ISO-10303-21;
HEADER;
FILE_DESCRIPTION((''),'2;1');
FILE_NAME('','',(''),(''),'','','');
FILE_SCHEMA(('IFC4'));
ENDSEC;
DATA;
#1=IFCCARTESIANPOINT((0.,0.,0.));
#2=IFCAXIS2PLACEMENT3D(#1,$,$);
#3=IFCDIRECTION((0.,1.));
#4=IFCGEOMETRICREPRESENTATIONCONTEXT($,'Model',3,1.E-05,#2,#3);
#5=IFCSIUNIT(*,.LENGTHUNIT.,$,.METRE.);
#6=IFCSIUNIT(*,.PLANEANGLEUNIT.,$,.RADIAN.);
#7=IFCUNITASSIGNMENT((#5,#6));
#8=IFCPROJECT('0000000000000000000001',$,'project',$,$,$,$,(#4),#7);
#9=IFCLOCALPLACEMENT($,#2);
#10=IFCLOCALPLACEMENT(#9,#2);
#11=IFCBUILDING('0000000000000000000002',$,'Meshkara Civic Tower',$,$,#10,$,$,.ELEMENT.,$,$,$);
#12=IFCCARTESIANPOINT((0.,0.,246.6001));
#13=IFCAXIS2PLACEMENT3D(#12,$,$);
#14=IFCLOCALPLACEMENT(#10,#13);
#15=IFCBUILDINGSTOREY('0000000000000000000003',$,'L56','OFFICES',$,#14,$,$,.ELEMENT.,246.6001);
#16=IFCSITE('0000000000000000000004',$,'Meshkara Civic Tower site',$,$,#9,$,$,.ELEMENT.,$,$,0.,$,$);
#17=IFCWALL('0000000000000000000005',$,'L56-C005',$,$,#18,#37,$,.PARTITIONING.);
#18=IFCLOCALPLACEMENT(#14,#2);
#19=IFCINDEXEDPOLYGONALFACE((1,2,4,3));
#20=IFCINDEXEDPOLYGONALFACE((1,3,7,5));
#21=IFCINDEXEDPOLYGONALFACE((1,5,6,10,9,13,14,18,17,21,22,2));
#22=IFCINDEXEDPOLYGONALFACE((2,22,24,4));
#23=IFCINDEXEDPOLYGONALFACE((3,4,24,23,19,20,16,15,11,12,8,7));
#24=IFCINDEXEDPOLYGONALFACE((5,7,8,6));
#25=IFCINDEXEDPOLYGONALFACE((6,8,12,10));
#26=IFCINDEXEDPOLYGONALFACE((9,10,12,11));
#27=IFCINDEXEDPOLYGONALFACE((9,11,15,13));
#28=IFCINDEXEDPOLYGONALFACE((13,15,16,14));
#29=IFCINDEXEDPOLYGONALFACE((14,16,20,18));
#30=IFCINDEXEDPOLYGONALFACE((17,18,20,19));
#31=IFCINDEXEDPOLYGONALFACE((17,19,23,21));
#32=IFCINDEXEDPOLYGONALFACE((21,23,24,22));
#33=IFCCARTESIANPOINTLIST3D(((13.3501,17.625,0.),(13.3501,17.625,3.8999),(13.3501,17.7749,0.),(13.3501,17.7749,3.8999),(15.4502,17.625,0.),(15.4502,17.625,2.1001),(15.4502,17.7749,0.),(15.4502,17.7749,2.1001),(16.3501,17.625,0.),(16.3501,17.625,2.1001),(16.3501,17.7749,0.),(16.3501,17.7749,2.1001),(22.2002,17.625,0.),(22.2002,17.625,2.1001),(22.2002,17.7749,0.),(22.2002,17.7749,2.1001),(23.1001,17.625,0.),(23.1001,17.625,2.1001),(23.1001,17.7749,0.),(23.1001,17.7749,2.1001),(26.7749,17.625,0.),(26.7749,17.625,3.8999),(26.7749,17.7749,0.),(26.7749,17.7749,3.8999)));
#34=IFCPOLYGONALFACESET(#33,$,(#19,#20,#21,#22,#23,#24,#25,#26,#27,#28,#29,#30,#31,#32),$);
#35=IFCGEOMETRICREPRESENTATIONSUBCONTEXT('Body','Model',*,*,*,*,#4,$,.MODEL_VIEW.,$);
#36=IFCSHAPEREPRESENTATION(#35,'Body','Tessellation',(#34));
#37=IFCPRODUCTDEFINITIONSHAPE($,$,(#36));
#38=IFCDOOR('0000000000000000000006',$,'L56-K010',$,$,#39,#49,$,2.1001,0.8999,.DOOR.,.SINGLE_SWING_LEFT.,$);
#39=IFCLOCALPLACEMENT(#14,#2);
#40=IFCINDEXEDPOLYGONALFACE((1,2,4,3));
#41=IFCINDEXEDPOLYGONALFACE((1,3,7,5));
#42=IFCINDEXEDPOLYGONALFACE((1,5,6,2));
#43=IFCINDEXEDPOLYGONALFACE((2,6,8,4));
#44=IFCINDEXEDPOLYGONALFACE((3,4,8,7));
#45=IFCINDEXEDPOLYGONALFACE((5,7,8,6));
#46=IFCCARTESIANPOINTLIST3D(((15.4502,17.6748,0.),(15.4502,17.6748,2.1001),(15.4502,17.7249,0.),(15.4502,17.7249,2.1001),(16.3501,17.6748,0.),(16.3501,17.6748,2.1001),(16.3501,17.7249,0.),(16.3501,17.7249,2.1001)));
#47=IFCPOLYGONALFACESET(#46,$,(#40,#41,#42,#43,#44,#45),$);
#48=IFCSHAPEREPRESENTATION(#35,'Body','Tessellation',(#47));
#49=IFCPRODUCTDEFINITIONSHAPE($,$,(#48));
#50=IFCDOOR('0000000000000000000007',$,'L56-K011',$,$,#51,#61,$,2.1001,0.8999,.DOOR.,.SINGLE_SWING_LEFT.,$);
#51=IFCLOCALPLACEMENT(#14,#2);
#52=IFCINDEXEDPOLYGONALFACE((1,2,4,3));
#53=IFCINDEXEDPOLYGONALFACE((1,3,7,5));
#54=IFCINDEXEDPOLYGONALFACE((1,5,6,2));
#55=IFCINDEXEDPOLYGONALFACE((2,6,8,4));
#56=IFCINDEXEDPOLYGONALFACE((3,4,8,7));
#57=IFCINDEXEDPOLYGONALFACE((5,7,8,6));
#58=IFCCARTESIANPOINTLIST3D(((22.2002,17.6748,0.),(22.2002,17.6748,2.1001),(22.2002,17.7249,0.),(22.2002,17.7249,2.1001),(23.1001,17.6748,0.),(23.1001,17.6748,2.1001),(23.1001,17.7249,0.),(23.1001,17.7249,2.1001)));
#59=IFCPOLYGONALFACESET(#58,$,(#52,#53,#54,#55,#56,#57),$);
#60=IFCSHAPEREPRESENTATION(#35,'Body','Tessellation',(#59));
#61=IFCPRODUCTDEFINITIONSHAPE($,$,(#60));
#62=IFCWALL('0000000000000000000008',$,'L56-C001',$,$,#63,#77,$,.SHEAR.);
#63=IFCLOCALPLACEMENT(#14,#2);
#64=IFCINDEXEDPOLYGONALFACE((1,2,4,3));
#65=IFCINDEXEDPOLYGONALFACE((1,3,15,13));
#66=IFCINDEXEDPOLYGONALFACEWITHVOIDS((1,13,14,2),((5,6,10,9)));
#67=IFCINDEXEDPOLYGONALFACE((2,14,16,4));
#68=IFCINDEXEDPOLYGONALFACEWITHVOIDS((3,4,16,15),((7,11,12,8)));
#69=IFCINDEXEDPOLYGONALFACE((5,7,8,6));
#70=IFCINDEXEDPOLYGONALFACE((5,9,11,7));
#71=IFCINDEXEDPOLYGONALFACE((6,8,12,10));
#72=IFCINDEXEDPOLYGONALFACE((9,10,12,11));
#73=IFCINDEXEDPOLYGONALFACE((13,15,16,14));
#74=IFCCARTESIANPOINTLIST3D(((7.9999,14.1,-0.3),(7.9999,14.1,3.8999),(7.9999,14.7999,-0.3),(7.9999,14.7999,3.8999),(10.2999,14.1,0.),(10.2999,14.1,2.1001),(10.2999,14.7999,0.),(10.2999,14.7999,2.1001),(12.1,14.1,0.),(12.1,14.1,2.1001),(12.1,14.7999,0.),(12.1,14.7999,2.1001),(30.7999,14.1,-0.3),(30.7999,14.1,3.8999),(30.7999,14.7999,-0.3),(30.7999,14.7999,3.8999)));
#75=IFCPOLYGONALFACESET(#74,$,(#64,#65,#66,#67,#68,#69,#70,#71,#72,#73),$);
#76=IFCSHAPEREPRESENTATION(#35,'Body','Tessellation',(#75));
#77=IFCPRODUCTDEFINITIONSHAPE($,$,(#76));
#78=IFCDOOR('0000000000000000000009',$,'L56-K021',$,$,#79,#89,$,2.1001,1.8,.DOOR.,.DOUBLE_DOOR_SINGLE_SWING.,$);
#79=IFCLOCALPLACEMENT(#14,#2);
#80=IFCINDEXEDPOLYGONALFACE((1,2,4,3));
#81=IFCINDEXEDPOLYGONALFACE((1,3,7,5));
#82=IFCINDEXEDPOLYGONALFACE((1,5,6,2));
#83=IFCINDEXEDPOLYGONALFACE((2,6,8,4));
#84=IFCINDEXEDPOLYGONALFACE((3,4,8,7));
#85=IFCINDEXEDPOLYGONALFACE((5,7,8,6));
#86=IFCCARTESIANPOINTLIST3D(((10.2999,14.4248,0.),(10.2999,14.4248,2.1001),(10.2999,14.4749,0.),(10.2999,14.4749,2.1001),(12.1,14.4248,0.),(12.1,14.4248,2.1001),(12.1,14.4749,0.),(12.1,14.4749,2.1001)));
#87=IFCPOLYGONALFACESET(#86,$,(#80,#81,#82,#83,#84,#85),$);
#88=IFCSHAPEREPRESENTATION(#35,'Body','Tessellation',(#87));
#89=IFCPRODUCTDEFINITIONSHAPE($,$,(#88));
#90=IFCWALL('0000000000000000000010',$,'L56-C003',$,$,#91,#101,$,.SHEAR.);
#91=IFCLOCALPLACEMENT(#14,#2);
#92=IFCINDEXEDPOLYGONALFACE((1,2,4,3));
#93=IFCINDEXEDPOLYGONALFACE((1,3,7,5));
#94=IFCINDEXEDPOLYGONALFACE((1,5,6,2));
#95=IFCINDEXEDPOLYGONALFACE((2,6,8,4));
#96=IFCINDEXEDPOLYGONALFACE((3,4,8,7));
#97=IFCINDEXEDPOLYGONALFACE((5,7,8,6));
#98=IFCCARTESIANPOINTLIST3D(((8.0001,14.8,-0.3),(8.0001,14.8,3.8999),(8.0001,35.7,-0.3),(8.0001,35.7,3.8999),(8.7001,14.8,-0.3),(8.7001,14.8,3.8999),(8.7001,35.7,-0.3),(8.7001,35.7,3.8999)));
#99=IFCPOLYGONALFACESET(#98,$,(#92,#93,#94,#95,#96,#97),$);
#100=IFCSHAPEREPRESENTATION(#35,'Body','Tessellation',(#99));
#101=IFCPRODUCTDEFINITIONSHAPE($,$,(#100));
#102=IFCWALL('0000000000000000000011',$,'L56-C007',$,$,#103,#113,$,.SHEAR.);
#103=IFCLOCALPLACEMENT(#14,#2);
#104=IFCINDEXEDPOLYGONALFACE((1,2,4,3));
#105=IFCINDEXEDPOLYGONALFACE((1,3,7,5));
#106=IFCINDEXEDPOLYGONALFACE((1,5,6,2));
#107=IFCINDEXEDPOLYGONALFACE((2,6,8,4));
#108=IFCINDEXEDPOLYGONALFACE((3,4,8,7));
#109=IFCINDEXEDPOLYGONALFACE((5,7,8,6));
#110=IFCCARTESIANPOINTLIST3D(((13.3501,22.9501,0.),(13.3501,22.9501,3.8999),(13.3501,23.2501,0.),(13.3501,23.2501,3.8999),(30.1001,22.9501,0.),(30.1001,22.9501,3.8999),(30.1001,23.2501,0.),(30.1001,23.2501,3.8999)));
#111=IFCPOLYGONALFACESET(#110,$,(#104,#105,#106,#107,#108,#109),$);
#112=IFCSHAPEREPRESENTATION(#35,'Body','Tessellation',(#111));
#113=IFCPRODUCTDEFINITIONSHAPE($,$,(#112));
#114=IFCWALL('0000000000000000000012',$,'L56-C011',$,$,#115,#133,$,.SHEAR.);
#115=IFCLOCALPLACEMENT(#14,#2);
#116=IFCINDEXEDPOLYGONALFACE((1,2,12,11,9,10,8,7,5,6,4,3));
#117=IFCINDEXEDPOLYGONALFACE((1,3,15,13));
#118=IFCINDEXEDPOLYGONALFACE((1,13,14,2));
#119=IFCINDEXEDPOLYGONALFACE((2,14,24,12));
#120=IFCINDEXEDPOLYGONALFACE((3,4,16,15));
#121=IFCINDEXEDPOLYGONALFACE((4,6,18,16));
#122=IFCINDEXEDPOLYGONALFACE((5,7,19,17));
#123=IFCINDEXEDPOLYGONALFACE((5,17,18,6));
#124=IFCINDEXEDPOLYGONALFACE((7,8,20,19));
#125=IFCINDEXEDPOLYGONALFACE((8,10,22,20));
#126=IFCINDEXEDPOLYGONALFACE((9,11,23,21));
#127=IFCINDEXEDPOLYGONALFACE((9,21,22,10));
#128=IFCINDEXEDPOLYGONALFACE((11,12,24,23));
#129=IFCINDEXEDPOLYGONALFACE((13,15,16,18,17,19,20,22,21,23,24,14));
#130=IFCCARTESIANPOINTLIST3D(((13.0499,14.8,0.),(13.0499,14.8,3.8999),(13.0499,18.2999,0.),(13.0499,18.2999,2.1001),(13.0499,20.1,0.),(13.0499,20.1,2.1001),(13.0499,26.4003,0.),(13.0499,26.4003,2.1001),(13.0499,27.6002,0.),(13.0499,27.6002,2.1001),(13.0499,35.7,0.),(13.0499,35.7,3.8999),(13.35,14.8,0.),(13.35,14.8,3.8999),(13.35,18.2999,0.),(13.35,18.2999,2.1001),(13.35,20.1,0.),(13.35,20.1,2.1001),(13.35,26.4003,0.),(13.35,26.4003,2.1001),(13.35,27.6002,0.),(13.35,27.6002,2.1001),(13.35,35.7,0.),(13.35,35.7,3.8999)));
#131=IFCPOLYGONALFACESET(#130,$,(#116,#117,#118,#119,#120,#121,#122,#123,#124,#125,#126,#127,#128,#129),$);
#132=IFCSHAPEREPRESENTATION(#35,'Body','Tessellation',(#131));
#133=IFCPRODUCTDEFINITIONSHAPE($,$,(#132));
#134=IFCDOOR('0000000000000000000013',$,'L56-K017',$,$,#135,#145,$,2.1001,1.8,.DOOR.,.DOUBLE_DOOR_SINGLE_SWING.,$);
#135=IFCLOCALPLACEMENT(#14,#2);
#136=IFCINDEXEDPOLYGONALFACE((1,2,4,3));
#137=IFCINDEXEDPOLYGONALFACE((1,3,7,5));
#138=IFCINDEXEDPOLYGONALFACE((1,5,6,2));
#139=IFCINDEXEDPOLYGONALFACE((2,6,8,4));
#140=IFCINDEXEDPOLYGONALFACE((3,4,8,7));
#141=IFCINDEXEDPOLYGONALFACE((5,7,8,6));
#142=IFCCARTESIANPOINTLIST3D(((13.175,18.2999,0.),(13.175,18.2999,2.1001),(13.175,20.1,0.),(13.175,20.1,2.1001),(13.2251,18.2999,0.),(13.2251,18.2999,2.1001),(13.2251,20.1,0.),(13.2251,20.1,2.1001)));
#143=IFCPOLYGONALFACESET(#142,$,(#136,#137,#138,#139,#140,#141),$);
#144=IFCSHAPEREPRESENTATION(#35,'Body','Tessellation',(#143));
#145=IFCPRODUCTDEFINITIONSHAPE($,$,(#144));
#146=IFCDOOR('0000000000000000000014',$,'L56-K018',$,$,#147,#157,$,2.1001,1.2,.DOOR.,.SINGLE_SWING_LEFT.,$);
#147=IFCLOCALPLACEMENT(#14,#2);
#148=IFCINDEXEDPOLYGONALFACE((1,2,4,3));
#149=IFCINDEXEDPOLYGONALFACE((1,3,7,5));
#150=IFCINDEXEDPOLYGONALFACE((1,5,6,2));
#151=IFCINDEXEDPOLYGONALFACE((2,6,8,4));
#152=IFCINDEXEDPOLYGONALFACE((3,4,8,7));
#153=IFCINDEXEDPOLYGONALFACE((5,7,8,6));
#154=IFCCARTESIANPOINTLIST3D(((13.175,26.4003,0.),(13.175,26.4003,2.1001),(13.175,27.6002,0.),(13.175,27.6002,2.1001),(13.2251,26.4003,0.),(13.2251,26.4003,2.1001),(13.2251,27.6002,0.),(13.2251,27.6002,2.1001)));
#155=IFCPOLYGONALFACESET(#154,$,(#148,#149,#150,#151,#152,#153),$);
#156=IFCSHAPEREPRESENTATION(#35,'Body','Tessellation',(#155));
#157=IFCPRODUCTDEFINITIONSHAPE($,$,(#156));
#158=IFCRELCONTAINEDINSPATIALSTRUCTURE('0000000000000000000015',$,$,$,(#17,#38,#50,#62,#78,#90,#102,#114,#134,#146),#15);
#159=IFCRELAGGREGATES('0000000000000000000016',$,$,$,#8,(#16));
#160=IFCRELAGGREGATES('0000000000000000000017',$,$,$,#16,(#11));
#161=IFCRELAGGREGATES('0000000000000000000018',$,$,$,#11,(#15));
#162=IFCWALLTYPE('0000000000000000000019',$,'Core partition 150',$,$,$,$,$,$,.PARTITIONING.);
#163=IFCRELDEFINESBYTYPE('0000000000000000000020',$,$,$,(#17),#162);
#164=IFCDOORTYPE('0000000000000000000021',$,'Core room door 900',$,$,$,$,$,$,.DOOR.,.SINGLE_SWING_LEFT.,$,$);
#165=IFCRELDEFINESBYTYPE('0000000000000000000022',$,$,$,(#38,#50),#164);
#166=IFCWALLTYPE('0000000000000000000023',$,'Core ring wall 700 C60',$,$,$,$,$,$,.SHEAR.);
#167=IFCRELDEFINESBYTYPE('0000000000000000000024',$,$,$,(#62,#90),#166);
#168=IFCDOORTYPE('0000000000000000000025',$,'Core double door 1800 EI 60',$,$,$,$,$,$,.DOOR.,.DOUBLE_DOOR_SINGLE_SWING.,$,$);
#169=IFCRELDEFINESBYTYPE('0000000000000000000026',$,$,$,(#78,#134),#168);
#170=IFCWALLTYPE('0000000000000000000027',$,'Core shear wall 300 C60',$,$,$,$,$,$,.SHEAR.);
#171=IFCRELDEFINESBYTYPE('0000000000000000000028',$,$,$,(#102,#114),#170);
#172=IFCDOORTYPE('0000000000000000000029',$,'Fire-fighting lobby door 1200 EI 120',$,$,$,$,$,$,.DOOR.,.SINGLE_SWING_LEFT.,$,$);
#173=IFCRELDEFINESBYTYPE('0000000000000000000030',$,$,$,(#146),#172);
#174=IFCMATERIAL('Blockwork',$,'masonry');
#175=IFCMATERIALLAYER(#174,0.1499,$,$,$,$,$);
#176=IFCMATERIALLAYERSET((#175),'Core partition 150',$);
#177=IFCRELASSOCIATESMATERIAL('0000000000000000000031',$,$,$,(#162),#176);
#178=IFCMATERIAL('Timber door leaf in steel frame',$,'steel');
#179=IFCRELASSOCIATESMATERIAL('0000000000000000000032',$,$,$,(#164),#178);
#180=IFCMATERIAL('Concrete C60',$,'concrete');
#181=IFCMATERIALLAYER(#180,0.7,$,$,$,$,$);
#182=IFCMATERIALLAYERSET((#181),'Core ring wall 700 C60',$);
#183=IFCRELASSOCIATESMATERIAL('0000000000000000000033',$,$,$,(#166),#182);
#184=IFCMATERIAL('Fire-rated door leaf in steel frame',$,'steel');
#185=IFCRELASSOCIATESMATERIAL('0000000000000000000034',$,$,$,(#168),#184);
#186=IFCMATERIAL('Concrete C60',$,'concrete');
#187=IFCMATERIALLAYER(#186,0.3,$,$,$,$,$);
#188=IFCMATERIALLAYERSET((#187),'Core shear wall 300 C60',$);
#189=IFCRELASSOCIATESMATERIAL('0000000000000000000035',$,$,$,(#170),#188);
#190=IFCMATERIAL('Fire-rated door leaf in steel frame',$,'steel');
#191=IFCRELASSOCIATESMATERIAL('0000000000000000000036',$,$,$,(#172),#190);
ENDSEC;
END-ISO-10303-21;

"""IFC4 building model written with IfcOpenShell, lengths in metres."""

from ifc_helpers import new_model, si_unit, direction, frame, frame_2d, origin, place, context, subcontext, project, spatial, rectangle, extrude, material, layer, layer_set, type_object, element, fill, save


model = new_model("IFC4")

# Units and contexts
model_context = context("Model", 3, precision=1e-05, world=origin(), true_north=direction((0.0, 1.0)))
body_context = subcontext(model_context, "Body", "Model", "MODEL_VIEW")
ifc_project = project(units=[si_unit("LENGTHUNIT", "METRE"), si_unit("PLANEANGLEUNIT", "RADIAN")], contexts=[model_context])

# Site, building, storey
site_placement = place(None, origin())
site = spatial("IfcSite", under=ifc_project, at=site_placement, Name="Meshkara Civic Tower site", CompositionType="ELEMENT", RefElevation=0.0)
building_placement = place(site_placement, origin())
building = spatial("IfcBuilding", under=site, at=building_placement, Name="Meshkara Civic Tower", CompositionType="ELEMENT")
storey_placement = place(building_placement, frame((0.0, 0.0, 246.6001)))
storey = spatial("IfcBuildingStorey", under=building, at=storey_placement, Name="L56", Description="OFFICES", CompositionType="ELEMENT", Elevation=246.6001)

# Wall, openings, doors
ifc_material_1 = material(Name="Blockwork", Category="masonry")
ifc_layer_1 = layer(ifc_material_1, 0.1499)
ifc_layer_set_1 = layer_set([ifc_layer_1], Name="Core partition 150")
wall_type_1 = type_object("IfcWallType", Name="Core partition 150", PredefinedType="PARTITIONING", material=ifc_layer_set_1)
wall_1_placement = place(storey_placement, frame((13.3501, 17.7, 0.0), z_axis=(0.0, 0.0, 1.0), x_axis=(1.0, 0.0, 0.0)))
wall_1 = element("IfcWall", 1, at=wall_1_placement, inside=storey, type_object=wall_type_1, Name="L56-C005", PredefinedType="PARTITIONING", context=body_context, shape_type="SweptSolid", body=[
    extrude(rectangle(XDim=13.4248, YDim=0.1499, at=frame_2d((6.7124, 0.0))), origin(), (0.0, 0.0, 1.0), 3.8999),
])
opening_1_placement = place(wall_1_placement, frame((2.1001, 0.0, 0.0)))
opening_1 = element("IfcOpeningElement", 2, at=opening_1_placement, cuts=wall_1, PredefinedType="OPENING", context=body_context, shape_type="SweptSolid", body=[
    extrude(rectangle(XDim=0.8999, YDim=2.1001, at=frame_2d((0.45, 1.05))), frame((0.0, 0.085, 0.0), z_axis=(0.0, -1.0, 0.0), x_axis=(1.0, 0.0, 0.0)), (0.0, 0.0, 1.0), 0.1699),
])
opening_2_placement = place(wall_1_placement, frame((8.8501, 0.0, 0.0)))
opening_2 = element("IfcOpeningElement", 3, at=opening_2_placement, cuts=wall_1, PredefinedType="OPENING", context=body_context, shape_type="SweptSolid", body=[
    extrude(rectangle(XDim=0.8999, YDim=2.1001, at=frame_2d((0.45, 1.05))), frame((0.0, 0.085, 0.0), z_axis=(0.0, -1.0, 0.0), x_axis=(1.0, 0.0, 0.0)), (0.0, 0.0, 1.0), 0.1699),
])
ifc_material_2 = material(Name="Timber door leaf in steel frame", Category="steel")
door_type_1 = type_object("IfcDoorType", Name="Core room door 900", OperationType="SINGLE_SWING_LEFT", PredefinedType="DOOR", material=ifc_material_2)
door_1_placement = place(opening_1_placement, origin())
door_1 = element("IfcDoor", 4, at=door_1_placement, inside=storey, type_object=door_type_1, Name="L56-K010", OperationType="SINGLE_SWING_LEFT", OverallHeight=2.1001, OverallWidth=0.8999, PredefinedType="DOOR", context=body_context, shape_type="SweptSolid", body=[
    extrude(rectangle(XDim=0.8999, YDim=2.1001, at=frame_2d((0.45, 1.05))), frame((0.0, 0.0249, 0.0), z_axis=(0.0, -1.0, 0.0), x_axis=(1.0, 0.0, 0.0)), (0.0, 0.0, 1.0), 0.05),
])
fill(opening_1, door_1)
door_2_placement = place(opening_2_placement, origin())
door_2 = element("IfcDoor", 5, at=door_2_placement, inside=storey, type_object=door_type_1, Name="L56-K011", OperationType="SINGLE_SWING_LEFT", OverallHeight=2.1001, OverallWidth=0.8999, PredefinedType="DOOR", context=body_context, shape_type="SweptSolid", body=[
    extrude(rectangle(XDim=0.8999, YDim=2.1001, at=frame_2d((0.45, 1.05))), frame((0.0, 0.0249, 0.0), z_axis=(0.0, -1.0, 0.0), x_axis=(1.0, 0.0, 0.0)), (0.0, 0.0, 1.0), 0.05),
])
fill(opening_2, door_2)

# Wall, opening, door
ifc_material_3 = material(Name="Concrete C60", Category="concrete")
ifc_layer_2 = layer(ifc_material_3, 0.7)
ifc_layer_set_2 = layer_set([ifc_layer_2], Name="Core ring wall 700 C60")
wall_type_2 = type_object("IfcWallType", Name="Core ring wall 700 C60", PredefinedType="SHEAR", material=ifc_layer_set_2)
wall_2_placement = place(storey_placement, frame((8.0, 14.45, -0.3), z_axis=(0.0, 0.0, 1.0), x_axis=(1.0, 0.0, 0.0)))
wall_2 = element("IfcWall", 6, at=wall_2_placement, inside=storey, type_object=wall_type_2, Name="L56-C001", PredefinedType="SHEAR", context=body_context, shape_type="SweptSolid", body=[
    extrude(rectangle(XDim=22.8, YDim=0.7, at=frame_2d((11.3999, 0.0))), origin(), (0.0, 0.0, 1.0), 4.2),
])
opening_3_placement = place(wall_2_placement, frame((2.3, 0.0, 0.3)))
opening_3 = element("IfcOpeningElement", 7, at=opening_3_placement, cuts=wall_2, PredefinedType="OPENING", context=body_context, shape_type="SweptSolid", body=[
    extrude(rectangle(XDim=1.8, YDim=2.1001, at=frame_2d((0.8999, 1.05))), frame((0.0, 0.3599, 0.0), z_axis=(0.0, -1.0, 0.0), x_axis=(1.0, 0.0, 0.0)), (0.0, 0.0, 1.0), 0.72),
])
ifc_material_4 = material(Name="Fire-rated door leaf in steel frame", Category="steel")
door_type_2 = type_object("IfcDoorType", Name="Core double door 1800 EI 60", OperationType="DOUBLE_DOOR_SINGLE_SWING", PredefinedType="DOOR", material=ifc_material_4)
door_3_placement = place(opening_3_placement, origin())
door_3 = element("IfcDoor", 8, at=door_3_placement, inside=storey, type_object=door_type_2, Name="L56-K021", OperationType="DOUBLE_DOOR_SINGLE_SWING", OverallHeight=2.1001, OverallWidth=1.8, PredefinedType="DOOR", context=body_context, shape_type="SweptSolid", body=[
    extrude(rectangle(XDim=1.8, YDim=2.1001, at=frame_2d((0.8999, 1.05))), frame((0.0, 0.0249, 0.0), z_axis=(0.0, -1.0, 0.0), x_axis=(1.0, 0.0, 0.0)), (0.0, 0.0, 1.0), 0.05),
])
fill(opening_3, door_3)

# Walls
wall_3_placement = place(storey_placement, frame((8.3501, 14.8, -0.3), z_axis=(0.0, 0.0, 1.0), x_axis=(0.0, 1.0, 0.0)))
element("IfcWall", 9, at=wall_3_placement, inside=storey, type_object=wall_type_2, Name="L56-C003", PredefinedType="SHEAR", context=body_context, shape_type="SweptSolid", body=[
    extrude(rectangle(XDim=20.8999, YDim=0.7, at=frame_2d((10.45, 0.0))), origin(), (0.0, 0.0, 1.0), 4.2),
])
ifc_material_5 = material(Name="Concrete C60", Category="concrete")
ifc_layer_3 = layer(ifc_material_5, 0.3)
ifc_layer_set_3 = layer_set([ifc_layer_3], Name="Core shear wall 300 C60")
wall_type_3 = type_object("IfcWallType", Name="Core shear wall 300 C60", PredefinedType="SHEAR", material=ifc_layer_set_3)
wall_4_placement = place(storey_placement, frame((13.3501, 23.1001, 0.0), z_axis=(0.0, 0.0, 1.0), x_axis=(1.0, 0.0, 0.0)))
element("IfcWall", 10, at=wall_4_placement, inside=storey, type_object=wall_type_3, Name="L56-C007", PredefinedType="SHEAR", context=body_context, shape_type="SweptSolid", body=[
    extrude(rectangle(XDim=16.75, YDim=0.3, at=frame_2d((8.375, 0.0))), origin(), (0.0, 0.0, 1.0), 3.8999),
])

# Wall, openings, doors
wall_5_placement = place(storey_placement, frame((13.2, 14.8, 0.0), z_axis=(0.0, 0.0, 1.0), x_axis=(0.0, 1.0, 0.0)))
wall_5 = element("IfcWall", 11, at=wall_5_placement, inside=storey, type_object=wall_type_3, Name="L56-C011", PredefinedType="SHEAR", context=body_context, shape_type="SweptSolid", body=[
    extrude(rectangle(XDim=20.8999, YDim=0.3, at=frame_2d((10.45, 0.0))), origin(), (0.0, 0.0, 1.0), 3.8999),
])
opening_4_placement = place(wall_5_placement, frame((3.5, 0.0, 0.0)))
opening_4 = element("IfcOpeningElement", 12, at=opening_4_placement, cuts=wall_5, PredefinedType="OPENING", context=body_context, shape_type="SweptSolid", body=[
    extrude(rectangle(XDim=1.8, YDim=2.1001, at=frame_2d((0.8999, 1.05))), frame((0.0, 0.1599, 0.0), z_axis=(0.0, -1.0, 0.0), x_axis=(1.0, 0.0, 0.0)), (0.0, 0.0, 1.0), 0.3201),
])
opening_5_placement = place(wall_5_placement, frame((11.6001, 0.0, 0.0)))
opening_5 = element("IfcOpeningElement", 13, at=opening_5_placement, cuts=wall_5, PredefinedType="OPENING", context=body_context, shape_type="SweptSolid", body=[
    extrude(rectangle(XDim=1.2, YDim=2.1001, at=frame_2d((0.6001, 1.05))), frame((0.0, 0.1599, 0.0), z_axis=(0.0, -1.0, 0.0), x_axis=(1.0, 0.0, 0.0)), (0.0, 0.0, 1.0), 0.3201),
])
door_4_placement = place(opening_4_placement, origin())
door_4 = element("IfcDoor", 14, at=door_4_placement, inside=storey, type_object=door_type_2, Name="L56-K017", OperationType="DOUBLE_DOOR_SINGLE_SWING", OverallHeight=2.1001, OverallWidth=1.8, PredefinedType="DOOR", context=body_context, shape_type="SweptSolid", body=[
    extrude(rectangle(XDim=1.8, YDim=2.1001, at=frame_2d((0.8999, 1.05))), frame((0.0, 0.0249, 0.0), z_axis=(0.0, -1.0, 0.0), x_axis=(1.0, 0.0, 0.0)), (0.0, 0.0, 1.0), 0.05),
])
fill(opening_4, door_4)
ifc_material_6 = material(Name="Fire-rated door leaf in steel frame", Category="steel")
door_type_3 = type_object("IfcDoorType", Name="Fire-fighting lobby door 1200 EI 120", OperationType="SINGLE_SWING_LEFT", PredefinedType="DOOR", material=ifc_material_6)
door_5_placement = place(opening_5_placement, origin())
door_5 = element("IfcDoor", 15, at=door_5_placement, inside=storey, type_object=door_type_3, Name="L56-K018", OperationType="SINGLE_SWING_LEFT", OverallHeight=2.1001, OverallWidth=1.2, PredefinedType="DOOR", context=body_context, shape_type="SweptSolid", body=[
    extrude(rectangle(XDim=1.2, YDim=2.1001, at=frame_2d((0.6001, 1.05))), frame((0.0, 0.0249, 0.0), z_axis=(0.0, -1.0, 0.0), x_axis=(1.0, 0.0, 0.0)), (0.0, 0.0, 1.0), 0.05),
])
fill(opening_5, door_5)

save(model, "model.ifc")
